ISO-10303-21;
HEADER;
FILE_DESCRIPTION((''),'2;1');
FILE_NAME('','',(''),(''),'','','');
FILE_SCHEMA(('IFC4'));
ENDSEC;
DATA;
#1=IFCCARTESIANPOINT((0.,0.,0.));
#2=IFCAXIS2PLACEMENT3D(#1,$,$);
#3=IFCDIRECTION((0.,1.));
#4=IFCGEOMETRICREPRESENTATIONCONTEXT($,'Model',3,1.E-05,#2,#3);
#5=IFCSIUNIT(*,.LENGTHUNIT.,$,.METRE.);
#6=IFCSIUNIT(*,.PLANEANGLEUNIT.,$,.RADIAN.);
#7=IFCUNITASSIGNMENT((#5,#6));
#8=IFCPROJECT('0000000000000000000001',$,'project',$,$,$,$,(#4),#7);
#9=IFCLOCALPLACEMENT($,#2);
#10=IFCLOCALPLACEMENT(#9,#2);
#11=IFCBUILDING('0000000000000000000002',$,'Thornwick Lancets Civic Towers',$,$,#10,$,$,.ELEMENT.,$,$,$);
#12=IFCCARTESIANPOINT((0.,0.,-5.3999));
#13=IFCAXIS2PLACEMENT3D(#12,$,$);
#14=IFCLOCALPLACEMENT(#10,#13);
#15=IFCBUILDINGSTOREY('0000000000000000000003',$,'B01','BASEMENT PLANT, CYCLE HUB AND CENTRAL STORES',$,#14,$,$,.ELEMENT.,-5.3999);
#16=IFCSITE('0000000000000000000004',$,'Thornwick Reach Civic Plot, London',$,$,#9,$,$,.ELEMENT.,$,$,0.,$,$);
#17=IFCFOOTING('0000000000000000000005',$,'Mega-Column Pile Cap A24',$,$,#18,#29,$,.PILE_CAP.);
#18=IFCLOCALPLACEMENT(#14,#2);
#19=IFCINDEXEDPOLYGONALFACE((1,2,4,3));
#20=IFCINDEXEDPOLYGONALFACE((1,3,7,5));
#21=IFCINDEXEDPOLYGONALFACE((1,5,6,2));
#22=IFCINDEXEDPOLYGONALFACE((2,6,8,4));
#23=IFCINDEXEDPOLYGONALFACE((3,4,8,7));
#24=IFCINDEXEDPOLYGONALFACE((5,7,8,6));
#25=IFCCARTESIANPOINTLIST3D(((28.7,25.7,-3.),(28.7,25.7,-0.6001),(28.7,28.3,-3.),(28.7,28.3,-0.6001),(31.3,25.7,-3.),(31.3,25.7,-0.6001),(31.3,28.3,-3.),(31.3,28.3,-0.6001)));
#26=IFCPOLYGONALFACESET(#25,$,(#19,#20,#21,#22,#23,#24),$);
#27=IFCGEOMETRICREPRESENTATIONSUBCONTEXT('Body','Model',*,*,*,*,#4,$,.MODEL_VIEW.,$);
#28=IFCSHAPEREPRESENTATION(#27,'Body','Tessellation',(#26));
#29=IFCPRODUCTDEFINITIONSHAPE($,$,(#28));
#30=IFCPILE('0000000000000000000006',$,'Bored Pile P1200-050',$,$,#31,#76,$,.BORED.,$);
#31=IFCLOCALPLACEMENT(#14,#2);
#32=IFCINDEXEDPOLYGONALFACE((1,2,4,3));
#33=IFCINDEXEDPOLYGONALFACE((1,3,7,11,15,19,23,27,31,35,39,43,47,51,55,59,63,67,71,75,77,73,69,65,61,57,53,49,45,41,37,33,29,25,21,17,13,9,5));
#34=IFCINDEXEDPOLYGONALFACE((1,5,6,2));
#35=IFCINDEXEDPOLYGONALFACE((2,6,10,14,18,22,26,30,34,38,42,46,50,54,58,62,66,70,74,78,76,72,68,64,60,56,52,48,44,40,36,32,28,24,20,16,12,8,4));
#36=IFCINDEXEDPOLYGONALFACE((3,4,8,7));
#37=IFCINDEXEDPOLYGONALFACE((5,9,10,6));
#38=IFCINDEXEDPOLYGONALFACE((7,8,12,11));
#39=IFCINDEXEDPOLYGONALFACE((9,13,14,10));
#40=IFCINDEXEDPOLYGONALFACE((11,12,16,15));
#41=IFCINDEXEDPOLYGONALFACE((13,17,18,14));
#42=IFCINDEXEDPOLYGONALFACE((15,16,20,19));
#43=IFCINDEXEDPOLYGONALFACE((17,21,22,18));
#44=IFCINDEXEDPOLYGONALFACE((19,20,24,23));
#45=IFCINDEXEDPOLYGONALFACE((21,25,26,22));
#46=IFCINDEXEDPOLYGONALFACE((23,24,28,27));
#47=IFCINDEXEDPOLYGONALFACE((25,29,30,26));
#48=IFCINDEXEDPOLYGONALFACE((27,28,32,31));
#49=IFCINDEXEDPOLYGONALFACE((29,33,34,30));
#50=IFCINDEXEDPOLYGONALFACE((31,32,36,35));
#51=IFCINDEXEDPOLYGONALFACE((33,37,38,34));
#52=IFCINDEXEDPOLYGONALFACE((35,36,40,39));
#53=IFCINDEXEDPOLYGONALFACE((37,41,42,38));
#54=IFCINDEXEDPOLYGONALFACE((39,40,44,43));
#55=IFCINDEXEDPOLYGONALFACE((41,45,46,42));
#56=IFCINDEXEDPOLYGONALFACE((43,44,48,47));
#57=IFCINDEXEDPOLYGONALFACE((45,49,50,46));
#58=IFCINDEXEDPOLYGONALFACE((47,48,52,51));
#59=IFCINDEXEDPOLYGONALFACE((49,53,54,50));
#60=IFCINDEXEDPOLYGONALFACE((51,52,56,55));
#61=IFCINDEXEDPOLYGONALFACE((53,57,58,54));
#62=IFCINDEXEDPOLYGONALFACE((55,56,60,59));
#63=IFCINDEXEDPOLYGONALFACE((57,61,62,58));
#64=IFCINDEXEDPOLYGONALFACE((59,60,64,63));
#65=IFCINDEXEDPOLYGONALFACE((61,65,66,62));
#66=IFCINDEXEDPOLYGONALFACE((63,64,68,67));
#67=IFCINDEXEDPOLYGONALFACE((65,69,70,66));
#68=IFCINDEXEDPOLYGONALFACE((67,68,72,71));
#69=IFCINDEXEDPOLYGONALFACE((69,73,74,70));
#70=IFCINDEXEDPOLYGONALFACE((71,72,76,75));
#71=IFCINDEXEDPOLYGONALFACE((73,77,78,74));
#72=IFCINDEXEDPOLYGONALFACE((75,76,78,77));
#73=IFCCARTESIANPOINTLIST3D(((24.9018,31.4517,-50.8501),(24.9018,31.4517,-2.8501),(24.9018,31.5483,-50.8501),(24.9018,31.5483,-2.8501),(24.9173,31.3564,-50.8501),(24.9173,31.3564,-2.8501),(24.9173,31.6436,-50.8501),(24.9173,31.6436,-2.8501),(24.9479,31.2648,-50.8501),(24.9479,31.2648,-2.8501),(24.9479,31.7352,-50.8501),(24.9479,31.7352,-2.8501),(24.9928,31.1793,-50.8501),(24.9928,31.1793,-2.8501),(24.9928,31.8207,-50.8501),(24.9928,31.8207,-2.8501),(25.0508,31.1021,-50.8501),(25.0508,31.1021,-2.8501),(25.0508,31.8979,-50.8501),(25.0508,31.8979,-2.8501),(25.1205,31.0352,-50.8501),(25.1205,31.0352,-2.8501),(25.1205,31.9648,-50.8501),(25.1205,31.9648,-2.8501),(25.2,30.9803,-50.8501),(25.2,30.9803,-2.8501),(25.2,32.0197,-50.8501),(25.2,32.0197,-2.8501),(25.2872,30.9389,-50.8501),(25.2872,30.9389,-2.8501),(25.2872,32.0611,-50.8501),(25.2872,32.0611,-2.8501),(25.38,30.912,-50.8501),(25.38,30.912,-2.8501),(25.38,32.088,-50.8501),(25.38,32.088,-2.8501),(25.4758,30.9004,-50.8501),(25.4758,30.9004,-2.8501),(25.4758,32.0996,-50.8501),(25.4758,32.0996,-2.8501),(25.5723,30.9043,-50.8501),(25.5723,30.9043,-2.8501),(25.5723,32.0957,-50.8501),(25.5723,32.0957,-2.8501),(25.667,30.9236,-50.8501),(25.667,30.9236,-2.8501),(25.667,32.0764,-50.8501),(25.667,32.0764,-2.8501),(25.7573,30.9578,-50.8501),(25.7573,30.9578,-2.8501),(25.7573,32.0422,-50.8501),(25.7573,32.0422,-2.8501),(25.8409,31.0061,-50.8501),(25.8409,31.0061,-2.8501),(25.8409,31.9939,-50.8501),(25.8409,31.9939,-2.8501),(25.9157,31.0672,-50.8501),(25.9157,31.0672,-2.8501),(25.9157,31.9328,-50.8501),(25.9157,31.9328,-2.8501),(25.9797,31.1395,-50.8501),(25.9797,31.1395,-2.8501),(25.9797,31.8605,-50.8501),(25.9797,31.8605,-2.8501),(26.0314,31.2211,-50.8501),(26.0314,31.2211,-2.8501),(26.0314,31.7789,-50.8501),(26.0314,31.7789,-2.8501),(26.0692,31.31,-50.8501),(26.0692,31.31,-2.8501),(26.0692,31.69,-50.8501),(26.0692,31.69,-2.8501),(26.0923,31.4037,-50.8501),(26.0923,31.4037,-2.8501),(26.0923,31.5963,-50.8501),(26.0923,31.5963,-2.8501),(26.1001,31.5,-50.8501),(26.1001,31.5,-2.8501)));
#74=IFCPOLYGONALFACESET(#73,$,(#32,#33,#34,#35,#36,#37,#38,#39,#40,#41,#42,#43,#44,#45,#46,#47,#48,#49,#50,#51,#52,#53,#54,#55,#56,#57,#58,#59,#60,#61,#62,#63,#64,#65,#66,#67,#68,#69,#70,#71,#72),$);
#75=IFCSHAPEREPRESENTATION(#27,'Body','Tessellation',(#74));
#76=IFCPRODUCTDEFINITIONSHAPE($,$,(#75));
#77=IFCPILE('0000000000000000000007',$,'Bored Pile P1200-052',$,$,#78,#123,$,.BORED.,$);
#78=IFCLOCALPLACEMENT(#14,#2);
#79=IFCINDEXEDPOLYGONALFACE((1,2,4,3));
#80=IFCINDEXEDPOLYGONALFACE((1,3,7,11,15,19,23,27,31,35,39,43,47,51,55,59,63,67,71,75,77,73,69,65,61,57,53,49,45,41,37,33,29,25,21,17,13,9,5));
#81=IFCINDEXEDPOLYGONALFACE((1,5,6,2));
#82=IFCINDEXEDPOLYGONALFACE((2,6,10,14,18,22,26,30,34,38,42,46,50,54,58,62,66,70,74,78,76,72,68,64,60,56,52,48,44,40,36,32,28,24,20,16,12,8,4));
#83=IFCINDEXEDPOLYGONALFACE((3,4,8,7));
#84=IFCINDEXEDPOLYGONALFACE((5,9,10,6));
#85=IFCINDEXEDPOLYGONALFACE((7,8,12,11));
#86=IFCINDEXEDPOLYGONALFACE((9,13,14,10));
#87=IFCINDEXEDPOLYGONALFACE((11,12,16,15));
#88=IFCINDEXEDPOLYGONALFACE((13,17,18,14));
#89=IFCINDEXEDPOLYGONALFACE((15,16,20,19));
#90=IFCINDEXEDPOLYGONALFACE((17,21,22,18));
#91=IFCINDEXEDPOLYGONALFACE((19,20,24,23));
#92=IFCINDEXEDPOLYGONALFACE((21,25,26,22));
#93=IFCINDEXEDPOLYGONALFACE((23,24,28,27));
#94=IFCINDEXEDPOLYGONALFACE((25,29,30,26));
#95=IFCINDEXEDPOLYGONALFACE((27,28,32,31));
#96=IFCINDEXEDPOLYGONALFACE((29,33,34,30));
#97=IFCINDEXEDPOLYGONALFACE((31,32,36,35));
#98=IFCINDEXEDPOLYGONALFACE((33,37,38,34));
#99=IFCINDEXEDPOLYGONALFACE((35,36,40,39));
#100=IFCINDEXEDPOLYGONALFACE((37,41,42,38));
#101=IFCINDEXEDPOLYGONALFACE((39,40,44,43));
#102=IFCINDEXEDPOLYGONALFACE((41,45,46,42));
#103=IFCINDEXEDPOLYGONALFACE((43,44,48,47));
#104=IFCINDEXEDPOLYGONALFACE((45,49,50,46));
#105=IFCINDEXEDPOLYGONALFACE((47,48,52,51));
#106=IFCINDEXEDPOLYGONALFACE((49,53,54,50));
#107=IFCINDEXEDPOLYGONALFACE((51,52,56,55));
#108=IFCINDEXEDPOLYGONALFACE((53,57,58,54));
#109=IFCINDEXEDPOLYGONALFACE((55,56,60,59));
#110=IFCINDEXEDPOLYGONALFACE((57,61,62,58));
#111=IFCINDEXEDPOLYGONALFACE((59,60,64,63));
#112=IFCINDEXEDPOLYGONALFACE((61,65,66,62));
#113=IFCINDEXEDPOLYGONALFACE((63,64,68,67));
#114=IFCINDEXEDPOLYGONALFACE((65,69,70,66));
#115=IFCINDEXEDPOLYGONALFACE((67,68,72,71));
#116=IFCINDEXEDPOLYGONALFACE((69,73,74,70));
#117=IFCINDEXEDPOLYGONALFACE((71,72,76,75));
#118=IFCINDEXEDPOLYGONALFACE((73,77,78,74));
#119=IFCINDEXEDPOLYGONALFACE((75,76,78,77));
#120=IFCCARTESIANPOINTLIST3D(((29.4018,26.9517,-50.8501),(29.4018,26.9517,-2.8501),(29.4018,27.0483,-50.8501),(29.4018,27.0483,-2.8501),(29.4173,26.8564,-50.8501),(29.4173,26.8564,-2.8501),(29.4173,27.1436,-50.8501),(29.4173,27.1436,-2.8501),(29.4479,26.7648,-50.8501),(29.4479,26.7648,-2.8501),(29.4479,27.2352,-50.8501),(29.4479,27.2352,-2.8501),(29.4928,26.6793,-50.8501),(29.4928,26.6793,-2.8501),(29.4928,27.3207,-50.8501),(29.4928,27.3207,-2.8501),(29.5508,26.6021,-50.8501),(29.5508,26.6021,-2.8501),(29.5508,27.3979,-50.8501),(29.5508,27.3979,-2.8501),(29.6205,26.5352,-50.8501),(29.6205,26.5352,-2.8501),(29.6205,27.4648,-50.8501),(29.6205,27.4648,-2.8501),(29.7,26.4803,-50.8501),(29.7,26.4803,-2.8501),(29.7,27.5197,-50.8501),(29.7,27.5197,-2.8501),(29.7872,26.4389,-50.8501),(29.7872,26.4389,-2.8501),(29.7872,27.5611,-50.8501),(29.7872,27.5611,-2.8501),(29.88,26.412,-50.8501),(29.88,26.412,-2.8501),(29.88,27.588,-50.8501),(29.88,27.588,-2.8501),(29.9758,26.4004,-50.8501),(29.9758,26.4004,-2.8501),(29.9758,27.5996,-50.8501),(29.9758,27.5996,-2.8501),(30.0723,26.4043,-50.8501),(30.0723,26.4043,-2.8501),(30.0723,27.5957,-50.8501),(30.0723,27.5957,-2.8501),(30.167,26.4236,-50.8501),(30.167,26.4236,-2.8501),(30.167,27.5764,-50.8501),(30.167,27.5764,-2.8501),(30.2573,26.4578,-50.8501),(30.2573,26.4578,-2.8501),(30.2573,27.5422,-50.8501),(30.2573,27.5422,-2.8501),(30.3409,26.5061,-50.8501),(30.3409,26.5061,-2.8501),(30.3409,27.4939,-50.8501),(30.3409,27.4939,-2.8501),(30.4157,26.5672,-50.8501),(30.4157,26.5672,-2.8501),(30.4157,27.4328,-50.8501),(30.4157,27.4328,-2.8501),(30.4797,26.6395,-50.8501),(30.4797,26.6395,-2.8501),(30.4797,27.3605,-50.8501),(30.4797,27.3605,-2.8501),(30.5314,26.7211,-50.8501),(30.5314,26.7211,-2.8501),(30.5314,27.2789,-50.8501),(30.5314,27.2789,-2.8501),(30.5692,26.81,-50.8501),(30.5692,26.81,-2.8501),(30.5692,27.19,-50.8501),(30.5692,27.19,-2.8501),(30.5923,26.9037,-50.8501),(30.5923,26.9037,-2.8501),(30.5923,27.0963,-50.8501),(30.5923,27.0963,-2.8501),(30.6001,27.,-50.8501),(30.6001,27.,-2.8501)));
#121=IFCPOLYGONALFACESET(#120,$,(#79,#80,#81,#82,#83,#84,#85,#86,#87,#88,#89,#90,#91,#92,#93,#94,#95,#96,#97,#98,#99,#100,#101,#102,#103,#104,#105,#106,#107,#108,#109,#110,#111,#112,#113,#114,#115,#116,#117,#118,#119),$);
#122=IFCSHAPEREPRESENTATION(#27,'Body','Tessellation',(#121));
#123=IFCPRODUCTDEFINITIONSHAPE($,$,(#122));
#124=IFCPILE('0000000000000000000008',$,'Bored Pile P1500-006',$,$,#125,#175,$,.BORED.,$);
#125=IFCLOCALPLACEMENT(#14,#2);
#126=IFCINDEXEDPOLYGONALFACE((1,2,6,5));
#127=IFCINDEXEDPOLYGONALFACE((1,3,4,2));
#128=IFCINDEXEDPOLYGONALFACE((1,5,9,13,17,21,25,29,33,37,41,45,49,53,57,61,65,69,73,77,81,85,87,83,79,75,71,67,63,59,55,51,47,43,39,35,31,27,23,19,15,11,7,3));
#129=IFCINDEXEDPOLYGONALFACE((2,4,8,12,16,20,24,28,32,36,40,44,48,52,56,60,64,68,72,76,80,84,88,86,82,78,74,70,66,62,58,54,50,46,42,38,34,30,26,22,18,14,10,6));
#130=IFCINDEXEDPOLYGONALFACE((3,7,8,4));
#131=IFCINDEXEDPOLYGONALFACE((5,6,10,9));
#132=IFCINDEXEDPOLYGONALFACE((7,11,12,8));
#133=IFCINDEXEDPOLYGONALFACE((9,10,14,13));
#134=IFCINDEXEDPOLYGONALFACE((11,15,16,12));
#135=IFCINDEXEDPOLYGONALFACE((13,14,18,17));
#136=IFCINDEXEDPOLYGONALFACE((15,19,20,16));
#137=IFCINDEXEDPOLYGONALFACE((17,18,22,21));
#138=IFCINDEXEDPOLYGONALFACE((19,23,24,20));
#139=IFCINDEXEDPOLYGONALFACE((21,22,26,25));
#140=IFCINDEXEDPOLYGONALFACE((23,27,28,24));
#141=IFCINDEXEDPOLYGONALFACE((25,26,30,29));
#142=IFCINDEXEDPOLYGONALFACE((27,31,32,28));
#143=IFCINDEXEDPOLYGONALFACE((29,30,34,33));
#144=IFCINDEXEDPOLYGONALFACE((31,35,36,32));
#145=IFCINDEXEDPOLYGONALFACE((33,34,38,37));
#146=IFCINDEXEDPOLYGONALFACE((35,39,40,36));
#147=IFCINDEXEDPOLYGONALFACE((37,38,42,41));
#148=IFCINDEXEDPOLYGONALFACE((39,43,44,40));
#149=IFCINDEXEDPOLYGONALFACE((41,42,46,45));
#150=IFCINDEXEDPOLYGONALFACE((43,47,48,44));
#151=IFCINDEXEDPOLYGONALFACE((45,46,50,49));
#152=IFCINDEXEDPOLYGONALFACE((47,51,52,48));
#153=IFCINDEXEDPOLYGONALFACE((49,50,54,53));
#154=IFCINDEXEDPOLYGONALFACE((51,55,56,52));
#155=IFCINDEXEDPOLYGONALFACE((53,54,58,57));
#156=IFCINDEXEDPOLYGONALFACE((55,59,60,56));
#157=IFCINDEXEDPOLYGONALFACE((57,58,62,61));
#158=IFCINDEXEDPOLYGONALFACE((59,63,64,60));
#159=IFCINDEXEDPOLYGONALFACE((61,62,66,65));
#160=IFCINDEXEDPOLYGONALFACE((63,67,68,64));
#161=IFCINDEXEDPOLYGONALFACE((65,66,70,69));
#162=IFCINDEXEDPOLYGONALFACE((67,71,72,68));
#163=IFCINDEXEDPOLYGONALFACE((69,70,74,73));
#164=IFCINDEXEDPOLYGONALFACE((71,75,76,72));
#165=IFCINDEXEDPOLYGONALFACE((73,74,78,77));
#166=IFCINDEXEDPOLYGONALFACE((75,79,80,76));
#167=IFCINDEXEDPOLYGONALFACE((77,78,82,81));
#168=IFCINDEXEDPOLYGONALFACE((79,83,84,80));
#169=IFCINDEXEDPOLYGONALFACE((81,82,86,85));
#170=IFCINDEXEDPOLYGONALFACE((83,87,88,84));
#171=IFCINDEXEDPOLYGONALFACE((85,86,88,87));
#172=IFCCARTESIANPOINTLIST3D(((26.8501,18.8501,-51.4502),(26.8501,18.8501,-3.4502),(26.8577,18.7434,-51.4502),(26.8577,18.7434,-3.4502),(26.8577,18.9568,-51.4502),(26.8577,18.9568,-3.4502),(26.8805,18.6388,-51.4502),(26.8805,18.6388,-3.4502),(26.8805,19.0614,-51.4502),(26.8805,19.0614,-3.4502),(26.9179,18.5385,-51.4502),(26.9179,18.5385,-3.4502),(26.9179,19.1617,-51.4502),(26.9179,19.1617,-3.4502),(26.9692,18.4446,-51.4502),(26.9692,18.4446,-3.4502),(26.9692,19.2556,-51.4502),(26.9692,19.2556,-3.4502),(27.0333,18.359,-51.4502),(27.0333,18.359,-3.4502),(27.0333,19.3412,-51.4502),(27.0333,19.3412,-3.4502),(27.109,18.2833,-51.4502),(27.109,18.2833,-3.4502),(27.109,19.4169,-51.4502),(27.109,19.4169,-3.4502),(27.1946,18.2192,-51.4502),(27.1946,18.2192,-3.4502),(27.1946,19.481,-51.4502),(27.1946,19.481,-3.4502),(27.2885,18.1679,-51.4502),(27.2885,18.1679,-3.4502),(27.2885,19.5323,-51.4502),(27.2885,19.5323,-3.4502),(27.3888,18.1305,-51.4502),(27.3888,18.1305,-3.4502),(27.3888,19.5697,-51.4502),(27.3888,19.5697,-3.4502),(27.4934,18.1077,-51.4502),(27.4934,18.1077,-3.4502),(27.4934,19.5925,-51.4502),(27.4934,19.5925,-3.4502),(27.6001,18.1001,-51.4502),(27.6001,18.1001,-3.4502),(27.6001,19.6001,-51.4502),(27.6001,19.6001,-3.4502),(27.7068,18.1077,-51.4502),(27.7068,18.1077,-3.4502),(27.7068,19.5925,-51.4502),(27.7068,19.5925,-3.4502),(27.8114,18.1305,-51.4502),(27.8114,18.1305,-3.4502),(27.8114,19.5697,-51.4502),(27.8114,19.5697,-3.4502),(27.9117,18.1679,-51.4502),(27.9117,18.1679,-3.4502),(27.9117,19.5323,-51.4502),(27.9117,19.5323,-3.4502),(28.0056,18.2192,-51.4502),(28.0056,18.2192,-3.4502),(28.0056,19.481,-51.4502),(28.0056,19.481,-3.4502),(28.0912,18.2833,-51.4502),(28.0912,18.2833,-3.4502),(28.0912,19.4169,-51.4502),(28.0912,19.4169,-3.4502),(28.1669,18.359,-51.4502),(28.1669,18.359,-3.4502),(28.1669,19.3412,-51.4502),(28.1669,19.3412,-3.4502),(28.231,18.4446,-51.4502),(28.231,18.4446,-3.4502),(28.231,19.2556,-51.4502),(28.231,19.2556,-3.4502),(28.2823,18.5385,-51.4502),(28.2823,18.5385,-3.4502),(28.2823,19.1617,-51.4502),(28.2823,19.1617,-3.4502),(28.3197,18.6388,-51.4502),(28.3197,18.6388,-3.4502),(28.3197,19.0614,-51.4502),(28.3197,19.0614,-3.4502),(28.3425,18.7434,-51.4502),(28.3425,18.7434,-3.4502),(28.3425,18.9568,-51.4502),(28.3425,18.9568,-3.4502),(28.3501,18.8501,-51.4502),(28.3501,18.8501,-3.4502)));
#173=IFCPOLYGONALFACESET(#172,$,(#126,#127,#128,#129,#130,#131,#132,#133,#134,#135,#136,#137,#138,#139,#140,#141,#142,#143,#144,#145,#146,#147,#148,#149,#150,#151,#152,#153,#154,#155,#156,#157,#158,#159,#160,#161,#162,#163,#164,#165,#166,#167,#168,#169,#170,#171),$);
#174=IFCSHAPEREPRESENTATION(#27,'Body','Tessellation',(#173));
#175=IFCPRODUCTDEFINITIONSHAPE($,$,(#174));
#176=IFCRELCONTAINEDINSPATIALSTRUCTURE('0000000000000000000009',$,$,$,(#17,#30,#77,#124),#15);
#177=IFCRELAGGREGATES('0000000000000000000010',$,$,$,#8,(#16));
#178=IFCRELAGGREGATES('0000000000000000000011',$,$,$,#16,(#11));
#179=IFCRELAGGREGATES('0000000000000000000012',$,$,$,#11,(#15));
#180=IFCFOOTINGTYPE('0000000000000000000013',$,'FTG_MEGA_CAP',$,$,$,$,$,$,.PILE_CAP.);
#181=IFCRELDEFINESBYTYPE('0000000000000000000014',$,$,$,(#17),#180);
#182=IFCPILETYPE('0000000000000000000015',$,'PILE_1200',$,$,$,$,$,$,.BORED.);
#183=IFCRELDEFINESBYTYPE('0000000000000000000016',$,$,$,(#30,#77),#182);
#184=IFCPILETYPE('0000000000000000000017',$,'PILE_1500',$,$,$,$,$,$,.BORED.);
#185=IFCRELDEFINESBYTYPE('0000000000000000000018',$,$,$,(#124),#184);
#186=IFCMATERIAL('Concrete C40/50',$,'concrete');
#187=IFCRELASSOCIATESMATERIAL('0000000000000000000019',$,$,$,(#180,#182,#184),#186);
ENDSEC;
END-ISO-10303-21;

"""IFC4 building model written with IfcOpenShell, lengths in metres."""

from ifc_helpers import new_model, si_unit, direction, frame, origin, origin_2d, place, context, subcontext, project, spatial, rectangle, circle, extrude, material, material_profile, profile_set, type_object, element, save


model = new_model("IFC4")

# Units and contexts
model_context = context("Model", 3, precision=1e-05, world=origin(), true_north=direction((0.0, 1.0)))
body_context = subcontext(model_context, "Body", "Model", "MODEL_VIEW")
ifc_project = project(units=[si_unit("LENGTHUNIT", "METRE"), si_unit("PLANEANGLEUNIT", "RADIAN")], contexts=[model_context])

# Site, building, storey
site_placement = place(None, origin())
site = spatial("IfcSite", under=ifc_project, at=site_placement, Name="Thornwick Reach Civic Plot, London", CompositionType="ELEMENT", RefElevation=0.0)
building_placement = place(site_placement, origin())
building = spatial("IfcBuilding", under=site, at=building_placement, Name="Thornwick Lancets Civic Towers", CompositionType="ELEMENT")
storey_placement = place(building_placement, frame((0.0, 0.0, -5.3999)))
storey = spatial("IfcBuildingStorey", under=building, at=storey_placement, Name="B01", Description="BASEMENT PLANT, CYCLE HUB AND CENTRAL STORES", CompositionType="ELEMENT", Elevation=-5.3999)

# Footing
ifc_material_1 = material(Name="Concrete C40/50", Category="concrete")
footing_type = type_object("IfcFootingType", Name="FTG_MEGA_CAP", PredefinedType="PILE_CAP", material=ifc_material_1)
footing_placement = place(storey_placement, frame((30.0, 27.0, -3.0), z_axis=(0.0, 0.0, 1.0), x_axis=(1.0, 0.0, 0.0)))
element("IfcFooting", 1, at=footing_placement, inside=storey, type_object=footing_type, Name="Mega-Column Pile Cap A24", PredefinedType="PILE_CAP", context=body_context, shape_type="SweptSolid", body=[
    extrude(rectangle(XDim=2.6001, YDim=2.6001, at=origin_2d()), origin(), (0.0, 0.0, 1.0), 2.3999),
])

# Piles
ifc_material_profile_1 = material_profile(ifc_material_1, circle(Radius=0.6001, at=origin_2d()), Name="PILE D1200")
ifc_profile_set_1 = profile_set([ifc_material_profile_1], Name="Concrete C40/50")
pile_type_1 = type_object("IfcPileType", Name="PILE_1200", PredefinedType="BORED", material=ifc_profile_set_1)
for number, where, z_axis, x_axis, name in (
    (2, (25.5, 31.5, -2.8501), (0.0, 0.0, -1.0), (1.0, 0.0, 0.0), "Bored Pile P1200-050"),
    (3, (30.0, 27.0, -2.8501), (0.0, 0.0, -1.0), (1.0, 0.0, 0.0), "Bored Pile P1200-052"),
):
    element("IfcPile", number, at=place(storey_placement, frame(where, z_axis=z_axis, x_axis=x_axis)), inside=storey, type_object=pile_type_1, Name=name, PredefinedType="BORED", context=body_context, shape_type="SweptSolid", body=[
        extrude(circle(Radius=0.6001, at=origin_2d()), origin(), (0.0, 0.0, 1.0), 48.0),
    ])
ifc_material_profile_2 = material_profile(ifc_material_1, circle(Radius=0.75, at=origin_2d()), Name="PILE D1500")
ifc_profile_set_2 = profile_set([ifc_material_profile_2], Name="Concrete C40/50")
pile_type_2 = type_object("IfcPileType", Name="PILE_1500", PredefinedType="BORED", material=ifc_profile_set_2)
for number, where, z_axis, x_axis, name in (
    (4, (27.6001, 18.8501, -3.4502), (0.0, 0.0, -1.0), (1.0, 0.0, 0.0), "Bored Pile P1500-006"),
):
    element("IfcPile", number, at=place(storey_placement, frame(where, z_axis=z_axis, x_axis=x_axis)), inside=storey, type_object=pile_type_2, Name=name, PredefinedType="BORED", context=body_context, shape_type="SweptSolid", body=[
        extrude(circle(Radius=0.75, at=origin_2d()), origin(), (0.0, 0.0, 1.0), 48.0),
    ])

save(model, "model.ifc")
